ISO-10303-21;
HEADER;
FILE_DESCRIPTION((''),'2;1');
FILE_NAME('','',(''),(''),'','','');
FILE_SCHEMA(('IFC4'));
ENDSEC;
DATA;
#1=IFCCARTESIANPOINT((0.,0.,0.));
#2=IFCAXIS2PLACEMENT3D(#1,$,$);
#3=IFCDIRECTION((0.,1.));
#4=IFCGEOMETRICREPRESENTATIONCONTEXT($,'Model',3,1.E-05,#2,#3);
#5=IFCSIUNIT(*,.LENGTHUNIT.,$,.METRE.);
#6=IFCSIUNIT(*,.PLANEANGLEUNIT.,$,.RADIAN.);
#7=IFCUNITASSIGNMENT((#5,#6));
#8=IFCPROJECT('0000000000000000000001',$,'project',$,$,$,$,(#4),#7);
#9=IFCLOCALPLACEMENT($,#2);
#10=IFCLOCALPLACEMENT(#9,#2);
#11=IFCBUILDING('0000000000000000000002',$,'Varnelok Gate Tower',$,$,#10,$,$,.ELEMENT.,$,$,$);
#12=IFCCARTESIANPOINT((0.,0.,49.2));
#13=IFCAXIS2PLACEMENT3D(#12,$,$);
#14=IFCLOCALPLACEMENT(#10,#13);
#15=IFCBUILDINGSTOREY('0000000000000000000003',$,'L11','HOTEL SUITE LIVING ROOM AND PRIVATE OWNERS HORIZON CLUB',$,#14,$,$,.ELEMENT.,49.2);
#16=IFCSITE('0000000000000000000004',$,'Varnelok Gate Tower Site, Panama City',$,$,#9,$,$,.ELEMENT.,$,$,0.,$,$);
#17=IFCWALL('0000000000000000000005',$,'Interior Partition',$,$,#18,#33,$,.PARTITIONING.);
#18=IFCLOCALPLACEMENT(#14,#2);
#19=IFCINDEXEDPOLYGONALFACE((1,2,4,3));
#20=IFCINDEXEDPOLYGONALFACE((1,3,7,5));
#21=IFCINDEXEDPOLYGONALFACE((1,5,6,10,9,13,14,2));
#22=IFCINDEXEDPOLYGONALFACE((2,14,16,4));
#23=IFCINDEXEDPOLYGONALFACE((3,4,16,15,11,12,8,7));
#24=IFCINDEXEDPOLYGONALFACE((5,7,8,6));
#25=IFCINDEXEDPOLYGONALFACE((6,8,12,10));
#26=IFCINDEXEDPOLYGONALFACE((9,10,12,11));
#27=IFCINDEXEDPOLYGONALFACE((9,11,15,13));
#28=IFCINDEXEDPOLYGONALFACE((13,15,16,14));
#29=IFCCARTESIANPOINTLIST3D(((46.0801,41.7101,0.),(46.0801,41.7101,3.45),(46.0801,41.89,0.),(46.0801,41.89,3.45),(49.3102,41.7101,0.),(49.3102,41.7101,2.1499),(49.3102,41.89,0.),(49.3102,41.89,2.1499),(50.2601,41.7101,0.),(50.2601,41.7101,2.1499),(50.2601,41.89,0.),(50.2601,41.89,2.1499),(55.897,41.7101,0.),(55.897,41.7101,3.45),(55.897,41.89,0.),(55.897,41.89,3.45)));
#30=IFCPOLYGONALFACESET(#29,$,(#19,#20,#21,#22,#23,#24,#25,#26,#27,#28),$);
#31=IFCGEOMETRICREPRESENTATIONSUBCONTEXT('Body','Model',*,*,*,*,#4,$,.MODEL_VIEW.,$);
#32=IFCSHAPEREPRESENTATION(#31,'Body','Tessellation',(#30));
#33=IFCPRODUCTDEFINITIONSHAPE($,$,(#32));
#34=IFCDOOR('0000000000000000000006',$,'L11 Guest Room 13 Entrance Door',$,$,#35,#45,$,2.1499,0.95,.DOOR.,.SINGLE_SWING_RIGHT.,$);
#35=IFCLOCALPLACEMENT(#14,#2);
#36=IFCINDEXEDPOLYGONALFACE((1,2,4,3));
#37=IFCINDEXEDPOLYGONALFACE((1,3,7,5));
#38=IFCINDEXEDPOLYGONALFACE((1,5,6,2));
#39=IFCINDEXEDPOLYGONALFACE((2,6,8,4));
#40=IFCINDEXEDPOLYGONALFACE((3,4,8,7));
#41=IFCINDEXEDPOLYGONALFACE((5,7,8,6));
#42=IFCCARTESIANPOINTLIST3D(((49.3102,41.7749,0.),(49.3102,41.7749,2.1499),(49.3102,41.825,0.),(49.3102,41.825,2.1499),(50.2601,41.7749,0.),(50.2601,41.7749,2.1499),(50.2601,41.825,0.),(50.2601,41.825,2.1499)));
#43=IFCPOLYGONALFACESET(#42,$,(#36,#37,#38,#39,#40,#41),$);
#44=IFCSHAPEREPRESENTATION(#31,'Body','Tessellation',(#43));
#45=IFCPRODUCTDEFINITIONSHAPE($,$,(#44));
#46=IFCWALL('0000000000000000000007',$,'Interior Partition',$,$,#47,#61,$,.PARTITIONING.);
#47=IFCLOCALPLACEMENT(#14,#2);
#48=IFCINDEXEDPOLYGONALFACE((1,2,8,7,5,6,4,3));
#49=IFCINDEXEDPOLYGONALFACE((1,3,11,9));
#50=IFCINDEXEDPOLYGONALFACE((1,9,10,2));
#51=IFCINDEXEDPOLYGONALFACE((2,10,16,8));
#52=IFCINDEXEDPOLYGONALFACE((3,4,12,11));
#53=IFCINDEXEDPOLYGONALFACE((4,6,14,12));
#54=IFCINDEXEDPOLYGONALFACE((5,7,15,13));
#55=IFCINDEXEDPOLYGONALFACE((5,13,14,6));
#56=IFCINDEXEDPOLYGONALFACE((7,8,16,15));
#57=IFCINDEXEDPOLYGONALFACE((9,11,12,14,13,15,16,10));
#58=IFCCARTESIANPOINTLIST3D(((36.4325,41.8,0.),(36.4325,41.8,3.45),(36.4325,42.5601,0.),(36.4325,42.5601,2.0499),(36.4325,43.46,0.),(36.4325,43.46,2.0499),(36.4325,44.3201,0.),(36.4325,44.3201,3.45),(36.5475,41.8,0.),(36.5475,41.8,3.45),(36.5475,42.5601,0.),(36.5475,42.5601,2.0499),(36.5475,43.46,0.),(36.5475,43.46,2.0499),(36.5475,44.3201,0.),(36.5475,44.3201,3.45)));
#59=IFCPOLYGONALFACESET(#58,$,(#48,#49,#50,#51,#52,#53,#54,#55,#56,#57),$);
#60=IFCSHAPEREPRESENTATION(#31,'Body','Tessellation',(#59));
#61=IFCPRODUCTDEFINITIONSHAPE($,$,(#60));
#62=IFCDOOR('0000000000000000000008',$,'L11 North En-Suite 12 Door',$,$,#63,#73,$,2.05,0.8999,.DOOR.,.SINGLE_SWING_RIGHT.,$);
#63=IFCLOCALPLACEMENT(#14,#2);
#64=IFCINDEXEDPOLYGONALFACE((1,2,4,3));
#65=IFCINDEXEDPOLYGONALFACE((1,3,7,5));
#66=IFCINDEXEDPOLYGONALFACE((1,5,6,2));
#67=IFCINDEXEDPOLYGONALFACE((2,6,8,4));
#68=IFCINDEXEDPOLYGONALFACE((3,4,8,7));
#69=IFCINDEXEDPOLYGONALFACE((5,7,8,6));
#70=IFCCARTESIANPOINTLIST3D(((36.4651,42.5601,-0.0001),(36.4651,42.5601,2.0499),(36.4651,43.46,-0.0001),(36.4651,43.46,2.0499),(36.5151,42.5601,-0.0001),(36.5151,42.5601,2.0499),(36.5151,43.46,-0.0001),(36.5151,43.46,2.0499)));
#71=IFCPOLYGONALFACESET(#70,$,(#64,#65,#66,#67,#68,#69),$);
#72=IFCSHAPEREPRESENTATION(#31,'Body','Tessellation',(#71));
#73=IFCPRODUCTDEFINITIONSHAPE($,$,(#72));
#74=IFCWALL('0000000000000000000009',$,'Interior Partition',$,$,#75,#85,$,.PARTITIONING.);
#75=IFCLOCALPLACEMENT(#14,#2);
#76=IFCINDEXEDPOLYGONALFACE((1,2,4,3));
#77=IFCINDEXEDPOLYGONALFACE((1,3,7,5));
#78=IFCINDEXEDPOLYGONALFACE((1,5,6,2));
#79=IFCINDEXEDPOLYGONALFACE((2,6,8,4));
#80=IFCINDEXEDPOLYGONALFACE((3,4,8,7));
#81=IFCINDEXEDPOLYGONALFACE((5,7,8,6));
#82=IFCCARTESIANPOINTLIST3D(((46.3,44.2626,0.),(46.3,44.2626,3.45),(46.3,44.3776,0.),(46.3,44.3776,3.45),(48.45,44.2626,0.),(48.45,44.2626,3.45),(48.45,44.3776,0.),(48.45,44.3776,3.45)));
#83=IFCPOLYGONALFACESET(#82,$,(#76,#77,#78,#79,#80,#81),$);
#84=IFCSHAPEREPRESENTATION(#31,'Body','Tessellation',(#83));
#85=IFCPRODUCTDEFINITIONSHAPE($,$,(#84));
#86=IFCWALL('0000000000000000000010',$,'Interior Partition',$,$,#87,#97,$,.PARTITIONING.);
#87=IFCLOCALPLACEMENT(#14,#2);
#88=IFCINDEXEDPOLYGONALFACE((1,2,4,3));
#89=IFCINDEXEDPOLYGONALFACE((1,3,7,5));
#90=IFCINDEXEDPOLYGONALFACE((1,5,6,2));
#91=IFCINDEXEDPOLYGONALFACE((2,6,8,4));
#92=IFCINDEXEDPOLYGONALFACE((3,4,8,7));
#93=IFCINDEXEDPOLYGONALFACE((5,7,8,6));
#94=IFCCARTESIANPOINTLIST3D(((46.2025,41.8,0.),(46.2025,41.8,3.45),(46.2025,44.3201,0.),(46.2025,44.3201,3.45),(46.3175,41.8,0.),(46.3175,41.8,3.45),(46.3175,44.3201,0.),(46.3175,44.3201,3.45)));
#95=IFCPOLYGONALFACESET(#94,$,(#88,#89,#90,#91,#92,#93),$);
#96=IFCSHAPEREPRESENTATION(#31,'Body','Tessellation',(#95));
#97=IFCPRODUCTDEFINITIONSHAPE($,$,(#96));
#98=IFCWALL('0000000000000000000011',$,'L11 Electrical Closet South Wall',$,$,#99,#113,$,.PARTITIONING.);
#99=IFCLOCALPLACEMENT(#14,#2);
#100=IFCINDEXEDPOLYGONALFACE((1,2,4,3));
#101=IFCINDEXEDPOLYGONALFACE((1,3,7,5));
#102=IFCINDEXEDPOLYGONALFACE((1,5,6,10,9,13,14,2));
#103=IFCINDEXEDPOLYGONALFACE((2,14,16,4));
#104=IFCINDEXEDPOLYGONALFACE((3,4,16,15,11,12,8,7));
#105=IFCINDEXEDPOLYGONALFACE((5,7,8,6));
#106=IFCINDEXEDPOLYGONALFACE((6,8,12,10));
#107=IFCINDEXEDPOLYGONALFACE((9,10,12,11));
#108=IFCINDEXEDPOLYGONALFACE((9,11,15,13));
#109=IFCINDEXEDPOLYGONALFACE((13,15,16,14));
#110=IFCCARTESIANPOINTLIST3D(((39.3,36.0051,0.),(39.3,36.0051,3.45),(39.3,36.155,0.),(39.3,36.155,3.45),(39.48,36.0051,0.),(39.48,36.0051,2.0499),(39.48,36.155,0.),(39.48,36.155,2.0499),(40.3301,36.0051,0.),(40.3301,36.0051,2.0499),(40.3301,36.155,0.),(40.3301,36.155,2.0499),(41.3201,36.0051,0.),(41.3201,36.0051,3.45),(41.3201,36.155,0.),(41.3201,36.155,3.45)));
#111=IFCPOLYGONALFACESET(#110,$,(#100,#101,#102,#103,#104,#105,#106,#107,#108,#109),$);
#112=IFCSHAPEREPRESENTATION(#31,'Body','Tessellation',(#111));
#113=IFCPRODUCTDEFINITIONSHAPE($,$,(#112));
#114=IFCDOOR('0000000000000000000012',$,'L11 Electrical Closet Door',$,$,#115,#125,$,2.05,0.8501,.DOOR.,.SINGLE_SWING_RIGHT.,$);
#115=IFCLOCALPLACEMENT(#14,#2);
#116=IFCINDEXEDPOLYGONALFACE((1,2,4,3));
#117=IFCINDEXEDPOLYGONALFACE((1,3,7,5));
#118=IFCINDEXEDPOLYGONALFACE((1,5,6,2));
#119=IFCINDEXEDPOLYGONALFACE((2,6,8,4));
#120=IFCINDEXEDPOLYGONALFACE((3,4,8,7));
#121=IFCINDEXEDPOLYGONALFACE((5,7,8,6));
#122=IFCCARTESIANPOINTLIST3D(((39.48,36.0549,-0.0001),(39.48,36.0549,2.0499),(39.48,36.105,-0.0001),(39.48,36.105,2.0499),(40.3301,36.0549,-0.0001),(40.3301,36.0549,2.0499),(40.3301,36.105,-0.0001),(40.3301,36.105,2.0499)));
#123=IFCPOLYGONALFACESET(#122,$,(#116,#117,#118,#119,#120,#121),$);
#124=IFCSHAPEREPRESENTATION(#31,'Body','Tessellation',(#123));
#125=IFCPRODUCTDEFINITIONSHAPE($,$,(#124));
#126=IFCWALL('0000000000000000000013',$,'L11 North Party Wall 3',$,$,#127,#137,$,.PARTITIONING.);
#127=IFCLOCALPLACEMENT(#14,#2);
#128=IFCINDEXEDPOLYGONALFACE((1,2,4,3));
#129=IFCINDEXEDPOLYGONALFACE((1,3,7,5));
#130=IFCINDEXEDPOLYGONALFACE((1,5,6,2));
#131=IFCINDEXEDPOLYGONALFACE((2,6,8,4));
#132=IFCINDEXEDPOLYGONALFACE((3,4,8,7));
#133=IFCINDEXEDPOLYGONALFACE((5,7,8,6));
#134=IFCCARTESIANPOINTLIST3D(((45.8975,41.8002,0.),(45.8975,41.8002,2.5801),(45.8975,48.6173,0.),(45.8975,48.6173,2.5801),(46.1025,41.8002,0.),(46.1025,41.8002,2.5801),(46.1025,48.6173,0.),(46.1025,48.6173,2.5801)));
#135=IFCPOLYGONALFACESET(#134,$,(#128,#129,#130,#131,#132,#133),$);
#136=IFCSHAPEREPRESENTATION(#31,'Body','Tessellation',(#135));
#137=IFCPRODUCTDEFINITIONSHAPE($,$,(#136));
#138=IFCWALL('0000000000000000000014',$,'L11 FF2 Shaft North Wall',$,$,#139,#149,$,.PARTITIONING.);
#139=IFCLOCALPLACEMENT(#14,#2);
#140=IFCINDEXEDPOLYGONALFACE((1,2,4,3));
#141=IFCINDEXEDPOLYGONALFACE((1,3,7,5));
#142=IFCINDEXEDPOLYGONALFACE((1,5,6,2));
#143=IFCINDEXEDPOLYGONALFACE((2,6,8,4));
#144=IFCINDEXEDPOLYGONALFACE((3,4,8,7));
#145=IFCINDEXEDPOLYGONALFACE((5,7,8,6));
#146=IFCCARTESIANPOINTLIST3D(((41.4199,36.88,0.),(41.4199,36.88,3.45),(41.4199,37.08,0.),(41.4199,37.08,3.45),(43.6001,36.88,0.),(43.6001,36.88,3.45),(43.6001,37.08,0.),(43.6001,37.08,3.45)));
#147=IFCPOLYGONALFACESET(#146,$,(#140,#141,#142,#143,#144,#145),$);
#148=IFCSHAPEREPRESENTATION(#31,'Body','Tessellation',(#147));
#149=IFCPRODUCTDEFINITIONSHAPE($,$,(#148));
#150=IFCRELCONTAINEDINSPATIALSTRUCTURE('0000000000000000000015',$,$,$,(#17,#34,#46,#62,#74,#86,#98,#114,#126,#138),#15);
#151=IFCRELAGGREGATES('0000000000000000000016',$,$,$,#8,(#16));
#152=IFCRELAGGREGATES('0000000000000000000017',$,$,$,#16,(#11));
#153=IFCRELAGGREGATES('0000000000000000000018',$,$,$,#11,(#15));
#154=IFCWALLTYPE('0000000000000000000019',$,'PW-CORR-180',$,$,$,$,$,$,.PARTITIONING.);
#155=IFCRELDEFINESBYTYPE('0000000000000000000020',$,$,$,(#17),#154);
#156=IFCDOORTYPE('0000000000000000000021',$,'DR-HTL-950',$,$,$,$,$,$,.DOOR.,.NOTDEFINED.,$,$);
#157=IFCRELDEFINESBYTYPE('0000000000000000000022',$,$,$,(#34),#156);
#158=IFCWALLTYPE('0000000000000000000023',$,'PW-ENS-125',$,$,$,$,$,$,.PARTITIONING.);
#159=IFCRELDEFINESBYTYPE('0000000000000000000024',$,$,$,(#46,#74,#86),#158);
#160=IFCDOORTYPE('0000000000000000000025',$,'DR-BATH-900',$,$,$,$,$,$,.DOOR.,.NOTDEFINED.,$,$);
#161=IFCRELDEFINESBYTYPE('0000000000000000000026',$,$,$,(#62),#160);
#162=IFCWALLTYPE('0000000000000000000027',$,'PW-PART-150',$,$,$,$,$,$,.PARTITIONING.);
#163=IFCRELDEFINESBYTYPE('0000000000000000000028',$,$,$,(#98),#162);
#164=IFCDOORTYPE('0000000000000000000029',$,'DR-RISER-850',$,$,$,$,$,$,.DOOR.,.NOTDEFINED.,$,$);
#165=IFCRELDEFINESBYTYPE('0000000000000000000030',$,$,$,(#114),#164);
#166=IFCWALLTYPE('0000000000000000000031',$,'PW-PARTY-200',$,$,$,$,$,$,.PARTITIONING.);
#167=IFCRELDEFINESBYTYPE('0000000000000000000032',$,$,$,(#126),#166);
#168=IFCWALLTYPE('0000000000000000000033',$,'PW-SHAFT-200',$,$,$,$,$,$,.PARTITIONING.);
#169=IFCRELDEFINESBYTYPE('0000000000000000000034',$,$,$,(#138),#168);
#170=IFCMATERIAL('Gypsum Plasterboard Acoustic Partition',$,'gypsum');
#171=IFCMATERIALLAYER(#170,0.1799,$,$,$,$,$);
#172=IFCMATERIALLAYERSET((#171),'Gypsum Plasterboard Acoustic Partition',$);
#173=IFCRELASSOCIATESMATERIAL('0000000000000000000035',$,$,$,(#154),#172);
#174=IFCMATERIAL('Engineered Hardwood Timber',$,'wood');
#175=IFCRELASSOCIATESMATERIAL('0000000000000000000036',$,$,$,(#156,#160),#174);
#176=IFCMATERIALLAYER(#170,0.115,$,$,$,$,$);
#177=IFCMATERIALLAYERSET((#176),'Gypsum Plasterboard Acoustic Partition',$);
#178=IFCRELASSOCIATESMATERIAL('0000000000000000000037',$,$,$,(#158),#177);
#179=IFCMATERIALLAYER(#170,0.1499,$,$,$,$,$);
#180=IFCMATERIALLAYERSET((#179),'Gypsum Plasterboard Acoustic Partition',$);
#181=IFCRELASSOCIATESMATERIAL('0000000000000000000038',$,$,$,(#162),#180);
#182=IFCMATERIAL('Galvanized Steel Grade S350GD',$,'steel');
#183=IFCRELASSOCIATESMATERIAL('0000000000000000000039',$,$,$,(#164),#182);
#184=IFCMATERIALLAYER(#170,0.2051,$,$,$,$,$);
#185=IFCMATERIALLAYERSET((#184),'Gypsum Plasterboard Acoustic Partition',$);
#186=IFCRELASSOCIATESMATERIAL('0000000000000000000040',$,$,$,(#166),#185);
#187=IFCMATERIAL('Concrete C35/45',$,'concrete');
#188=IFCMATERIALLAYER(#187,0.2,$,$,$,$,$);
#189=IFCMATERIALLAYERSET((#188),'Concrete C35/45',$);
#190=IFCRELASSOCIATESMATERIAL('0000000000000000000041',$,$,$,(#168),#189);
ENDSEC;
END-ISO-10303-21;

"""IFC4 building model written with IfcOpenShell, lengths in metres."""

from ifc_helpers import new_model, si_unit, direction, frame, frame_2d, origin, place, context, subcontext, project, spatial, rectangle, extrude, material, layer, layer_set, type_object, element, fill, save


model = new_model("IFC4")

# Units and contexts
model_context = context("Model", 3, precision=1e-05, world=origin(), true_north=direction((0.0, 1.0)))
body_context = subcontext(model_context, "Body", "Model", "MODEL_VIEW")
ifc_project = project(units=[si_unit("LENGTHUNIT", "METRE"), si_unit("PLANEANGLEUNIT", "RADIAN")], contexts=[model_context])

# Site, building, storey
site_placement = place(None, origin())
site = spatial("IfcSite", under=ifc_project, at=site_placement, Name="Varnelok Gate Tower Site, Panama City", CompositionType="ELEMENT", RefElevation=0.0)
building_placement = place(site_placement, origin())
building = spatial("IfcBuilding", under=site, at=building_placement, Name="Varnelok Gate Tower", CompositionType="ELEMENT")
storey_placement = place(building_placement, frame((0.0, 0.0, 49.2)))
storey = spatial("IfcBuildingStorey", under=building, at=storey_placement, Name="L11", Description="HOTEL SUITE LIVING ROOM AND PRIVATE OWNERS HORIZON CLUB", CompositionType="ELEMENT", Elevation=49.2)

# Walls, openings, doors
ifc_material_1 = material(Name="Gypsum Plasterboard Acoustic Partition", Category="gypsum")
ifc_layer_1 = layer(ifc_material_1, 0.1799)
ifc_layer_set_1 = layer_set([ifc_layer_1], Name="Gypsum Plasterboard Acoustic Partition")
wall_type_1 = type_object("IfcWallType", Name="PW-CORR-180", PredefinedType="PARTITIONING", material=ifc_layer_set_1)
wall_1_placement = place(storey_placement, frame((46.0801, 41.8, 0.0), z_axis=(0.0, 0.0, 1.0), x_axis=(1.0, 0.0, 0.0)))
wall_1 = element("IfcWall", 1, at=wall_1_placement, inside=storey, type_object=wall_type_1, Name="Interior Partition", PredefinedType="PARTITIONING", context=body_context, shape_type="SweptSolid", body=[
    extrude(rectangle(XDim=9.8169, YDim=0.1799, at=frame_2d((4.9084, 0.0))), origin(), (0.0, 0.0, 1.0), 3.45),
])
opening_1_placement = place(wall_1_placement, frame((3.23, 0.0, 0.0)))
opening_1 = element("IfcOpeningElement", 2, at=opening_1_placement, cuts=wall_1, PredefinedType="OPENING", context=body_context, shape_type="SweptSolid", body=[
    extrude(rectangle(XDim=0.95, YDim=2.1499, at=frame_2d((0.4751, 1.075))), frame((0.0, 0.0999, 0.0), z_axis=(0.0, -1.0, 0.0), x_axis=(1.0, 0.0, 0.0)), (0.0, 0.0, 1.0), 0.2),
])
ifc_material_2 = material(Name="Engineered Hardwood Timber", Category="wood")
door_type_1 = type_object("IfcDoorType", Name="DR-HTL-950", OperationType="NOTDEFINED", PredefinedType="DOOR", material=ifc_material_2)
door_1_placement = place(opening_1_placement, origin())
door_1 = element("IfcDoor", 3, at=door_1_placement, inside=storey, type_object=door_type_1, Name="L11 Guest Room 13 Entrance Door", OperationType="SINGLE_SWING_RIGHT", OverallHeight=2.1499, OverallWidth=0.95, PredefinedType="DOOR", context=body_context, shape_type="SweptSolid", body=[
    extrude(rectangle(XDim=0.95, YDim=2.1499, at=frame_2d((0.4751, 1.075))), frame((0.0, 0.0249, 0.0), z_axis=(0.0, -1.0, 0.0), x_axis=(1.0, 0.0, 0.0)), (0.0, 0.0, 1.0), 0.05),
])
fill(opening_1, door_1)
ifc_layer_2 = layer(ifc_material_1, 0.115)
ifc_layer_set_2 = layer_set([ifc_layer_2], Name="Gypsum Plasterboard Acoustic Partition")
wall_type_2 = type_object("IfcWallType", Name="PW-ENS-125", PredefinedType="PARTITIONING", material=ifc_layer_set_2)
wall_2_placement = place(storey_placement, frame((36.49, 41.8, 0.0), z_axis=(0.0, 0.0, 1.0), x_axis=(0.0, 1.0, 0.0)))
wall_2 = element("IfcWall", 4, at=wall_2_placement, inside=storey, type_object=wall_type_2, Name="Interior Partition", PredefinedType="PARTITIONING", context=body_context, shape_type="SweptSolid", body=[
    extrude(rectangle(XDim=2.52, YDim=0.115, at=frame_2d((1.26, 0.0))), origin(), (0.0, 0.0, 1.0), 3.45),
])
opening_2_placement = place(wall_2_placement, frame((0.76, 0.0, 0.0)))
opening_2 = element("IfcOpeningElement", 5, at=opening_2_placement, cuts=wall_2, PredefinedType="OPENING", context=body_context, shape_type="SweptSolid", body=[
    extrude(rectangle(XDim=0.8999, YDim=2.05, at=frame_2d((0.45, 1.0249))), frame((0.0, 0.0674, 0.0), z_axis=(0.0, -1.0, 0.0), x_axis=(1.0, 0.0, 0.0)), (0.0, 0.0, 1.0), 0.135),
])
door_type_2 = type_object("IfcDoorType", Name="DR-BATH-900", OperationType="NOTDEFINED", PredefinedType="DOOR", material=ifc_material_2)
door_2_placement = place(opening_2_placement, origin())
door_2 = element("IfcDoor", 6, at=door_2_placement, inside=storey, type_object=door_type_2, Name="L11 North En-Suite 12 Door", OperationType="SINGLE_SWING_RIGHT", OverallHeight=2.05, OverallWidth=0.8999, PredefinedType="DOOR", context=body_context, shape_type="SweptSolid", body=[
    extrude(rectangle(XDim=0.8999, YDim=2.05, at=frame_2d((0.45, 1.0249))), frame((0.0, 0.0249, 0.0), z_axis=(0.0, -1.0, 0.0), x_axis=(1.0, 0.0, 0.0)), (0.0, 0.0, 1.0), 0.05),
])
fill(opening_2, door_2)

# Walls
wall_3_placement = place(storey_placement, frame((46.3, 44.3201, 0.0), z_axis=(0.0, 0.0, 1.0), x_axis=(1.0, 0.0, 0.0)))
element("IfcWall", 7, at=wall_3_placement, inside=storey, type_object=wall_type_2, Name="Interior Partition", PredefinedType="PARTITIONING", context=body_context, shape_type="SweptSolid", body=[
    extrude(rectangle(XDim=2.1499, YDim=0.115, at=frame_2d((1.075, 0.0))), origin(), (0.0, 0.0, 1.0), 3.45),
])
wall_4_placement = place(storey_placement, frame((46.26, 41.8, 0.0), z_axis=(0.0, 0.0, 1.0), x_axis=(0.0, 1.0, 0.0)))
element("IfcWall", 8, at=wall_4_placement, inside=storey, type_object=wall_type_2, Name="Interior Partition", PredefinedType="PARTITIONING", context=body_context, shape_type="SweptSolid", body=[
    extrude(rectangle(XDim=2.52, YDim=0.115, at=frame_2d((1.26, 0.0))), origin(), (0.0, 0.0, 1.0), 3.45),
])

# Wall, opening, door
ifc_layer_3 = layer(ifc_material_1, 0.1499)
ifc_layer_set_3 = layer_set([ifc_layer_3], Name="Gypsum Plasterboard Acoustic Partition")
wall_type_3 = type_object("IfcWallType", Name="PW-PART-150", PredefinedType="PARTITIONING", material=ifc_layer_set_3)
wall_5_placement = place(storey_placement, frame((39.3, 36.0801, 0.0), z_axis=(0.0, 0.0, 1.0), x_axis=(1.0, 0.0, 0.0)))
wall_5 = element("IfcWall", 9, at=wall_5_placement, inside=storey, type_object=wall_type_3, Name="L11 Electrical Closet South Wall", PredefinedType="PARTITIONING", context=body_context, shape_type="SweptSolid", body=[
    extrude(rectangle(XDim=2.02, YDim=0.1499, at=frame_2d((1.01, 0.0))), origin(), (0.0, 0.0, 1.0), 3.45),
])
opening_3_placement = place(wall_5_placement, frame((0.1799, 0.0, 0.0)))
opening_3 = element("IfcOpeningElement", 10, at=opening_3_placement, cuts=wall_5, PredefinedType="OPENING", context=body_context, shape_type="SweptSolid", body=[
    extrude(rectangle(XDim=0.8501, YDim=2.05, at=frame_2d((0.425, 1.0249))), frame((0.0, 0.085, 0.0), z_axis=(0.0, -1.0, 0.0), x_axis=(1.0, 0.0, 0.0)), (0.0, 0.0, 1.0), 0.1699),
])
ifc_material_3 = material(Name="Galvanized Steel Grade S350GD", Category="steel")
door_type_3 = type_object("IfcDoorType", Name="DR-RISER-850", OperationType="NOTDEFINED", PredefinedType="DOOR", material=ifc_material_3)
door_3_placement = place(opening_3_placement, origin())
door_3 = element("IfcDoor", 11, at=door_3_placement, inside=storey, type_object=door_type_3, Name="L11 Electrical Closet Door", OperationType="SINGLE_SWING_RIGHT", OverallHeight=2.05, OverallWidth=0.8501, PredefinedType="DOOR", context=body_context, shape_type="SweptSolid", body=[
    extrude(rectangle(XDim=0.8501, YDim=2.05, at=frame_2d((0.425, 1.0249))), frame((0.0, 0.0249, 0.0), z_axis=(0.0, -1.0, 0.0), x_axis=(1.0, 0.0, 0.0)), (0.0, 0.0, 1.0), 0.05),
])
fill(opening_3, door_3)

# Walls
ifc_layer_4 = layer(ifc_material_1, 0.2051)
ifc_layer_set_4 = layer_set([ifc_layer_4], Name="Gypsum Plasterboard Acoustic Partition")
wall_type_4 = type_object("IfcWallType", Name="PW-PARTY-200", PredefinedType="PARTITIONING", material=ifc_layer_set_4)
wall_6_placement = place(storey_placement, frame((46.0, 41.8, 0.0), z_axis=(0.0, 0.0, 1.0), x_axis=(0.0, 1.0, 0.0)))
element("IfcWall", 12, at=wall_6_placement, inside=storey, type_object=wall_type_4, Name="L11 North Party Wall 3", PredefinedType="PARTITIONING", context=body_context, shape_type="SweptSolid", body=[
    extrude(rectangle(XDim=6.8171, YDim=0.2051, at=frame_2d((3.4087, 0.0))), origin(), (0.0, 0.0, 1.0), 2.5801),
])
ifc_material_4 = material(Name="Concrete C35/45", Category="concrete")
ifc_layer_5 = layer(ifc_material_4, 0.2)
ifc_layer_set_5 = layer_set([ifc_layer_5], Name="Concrete C35/45")
wall_type_5 = type_object("IfcWallType", Name="PW-SHAFT-200", PredefinedType="PARTITIONING", material=ifc_layer_set_5)
wall_7_placement = place(storey_placement, frame((41.4199, 36.98, 0.0), z_axis=(0.0, 0.0, 1.0), x_axis=(1.0, 0.0, 0.0)))
element("IfcWall", 13, at=wall_7_placement, inside=storey, type_object=wall_type_5, Name="L11 FF2 Shaft North Wall", PredefinedType="PARTITIONING", context=body_context, shape_type="SweptSolid", body=[
    extrude(rectangle(XDim=2.1802, YDim=0.2, at=frame_2d((1.0901, 0.0))), origin(), (0.0, 0.0, 1.0), 3.45),
])

save(model, "model.ifc")
